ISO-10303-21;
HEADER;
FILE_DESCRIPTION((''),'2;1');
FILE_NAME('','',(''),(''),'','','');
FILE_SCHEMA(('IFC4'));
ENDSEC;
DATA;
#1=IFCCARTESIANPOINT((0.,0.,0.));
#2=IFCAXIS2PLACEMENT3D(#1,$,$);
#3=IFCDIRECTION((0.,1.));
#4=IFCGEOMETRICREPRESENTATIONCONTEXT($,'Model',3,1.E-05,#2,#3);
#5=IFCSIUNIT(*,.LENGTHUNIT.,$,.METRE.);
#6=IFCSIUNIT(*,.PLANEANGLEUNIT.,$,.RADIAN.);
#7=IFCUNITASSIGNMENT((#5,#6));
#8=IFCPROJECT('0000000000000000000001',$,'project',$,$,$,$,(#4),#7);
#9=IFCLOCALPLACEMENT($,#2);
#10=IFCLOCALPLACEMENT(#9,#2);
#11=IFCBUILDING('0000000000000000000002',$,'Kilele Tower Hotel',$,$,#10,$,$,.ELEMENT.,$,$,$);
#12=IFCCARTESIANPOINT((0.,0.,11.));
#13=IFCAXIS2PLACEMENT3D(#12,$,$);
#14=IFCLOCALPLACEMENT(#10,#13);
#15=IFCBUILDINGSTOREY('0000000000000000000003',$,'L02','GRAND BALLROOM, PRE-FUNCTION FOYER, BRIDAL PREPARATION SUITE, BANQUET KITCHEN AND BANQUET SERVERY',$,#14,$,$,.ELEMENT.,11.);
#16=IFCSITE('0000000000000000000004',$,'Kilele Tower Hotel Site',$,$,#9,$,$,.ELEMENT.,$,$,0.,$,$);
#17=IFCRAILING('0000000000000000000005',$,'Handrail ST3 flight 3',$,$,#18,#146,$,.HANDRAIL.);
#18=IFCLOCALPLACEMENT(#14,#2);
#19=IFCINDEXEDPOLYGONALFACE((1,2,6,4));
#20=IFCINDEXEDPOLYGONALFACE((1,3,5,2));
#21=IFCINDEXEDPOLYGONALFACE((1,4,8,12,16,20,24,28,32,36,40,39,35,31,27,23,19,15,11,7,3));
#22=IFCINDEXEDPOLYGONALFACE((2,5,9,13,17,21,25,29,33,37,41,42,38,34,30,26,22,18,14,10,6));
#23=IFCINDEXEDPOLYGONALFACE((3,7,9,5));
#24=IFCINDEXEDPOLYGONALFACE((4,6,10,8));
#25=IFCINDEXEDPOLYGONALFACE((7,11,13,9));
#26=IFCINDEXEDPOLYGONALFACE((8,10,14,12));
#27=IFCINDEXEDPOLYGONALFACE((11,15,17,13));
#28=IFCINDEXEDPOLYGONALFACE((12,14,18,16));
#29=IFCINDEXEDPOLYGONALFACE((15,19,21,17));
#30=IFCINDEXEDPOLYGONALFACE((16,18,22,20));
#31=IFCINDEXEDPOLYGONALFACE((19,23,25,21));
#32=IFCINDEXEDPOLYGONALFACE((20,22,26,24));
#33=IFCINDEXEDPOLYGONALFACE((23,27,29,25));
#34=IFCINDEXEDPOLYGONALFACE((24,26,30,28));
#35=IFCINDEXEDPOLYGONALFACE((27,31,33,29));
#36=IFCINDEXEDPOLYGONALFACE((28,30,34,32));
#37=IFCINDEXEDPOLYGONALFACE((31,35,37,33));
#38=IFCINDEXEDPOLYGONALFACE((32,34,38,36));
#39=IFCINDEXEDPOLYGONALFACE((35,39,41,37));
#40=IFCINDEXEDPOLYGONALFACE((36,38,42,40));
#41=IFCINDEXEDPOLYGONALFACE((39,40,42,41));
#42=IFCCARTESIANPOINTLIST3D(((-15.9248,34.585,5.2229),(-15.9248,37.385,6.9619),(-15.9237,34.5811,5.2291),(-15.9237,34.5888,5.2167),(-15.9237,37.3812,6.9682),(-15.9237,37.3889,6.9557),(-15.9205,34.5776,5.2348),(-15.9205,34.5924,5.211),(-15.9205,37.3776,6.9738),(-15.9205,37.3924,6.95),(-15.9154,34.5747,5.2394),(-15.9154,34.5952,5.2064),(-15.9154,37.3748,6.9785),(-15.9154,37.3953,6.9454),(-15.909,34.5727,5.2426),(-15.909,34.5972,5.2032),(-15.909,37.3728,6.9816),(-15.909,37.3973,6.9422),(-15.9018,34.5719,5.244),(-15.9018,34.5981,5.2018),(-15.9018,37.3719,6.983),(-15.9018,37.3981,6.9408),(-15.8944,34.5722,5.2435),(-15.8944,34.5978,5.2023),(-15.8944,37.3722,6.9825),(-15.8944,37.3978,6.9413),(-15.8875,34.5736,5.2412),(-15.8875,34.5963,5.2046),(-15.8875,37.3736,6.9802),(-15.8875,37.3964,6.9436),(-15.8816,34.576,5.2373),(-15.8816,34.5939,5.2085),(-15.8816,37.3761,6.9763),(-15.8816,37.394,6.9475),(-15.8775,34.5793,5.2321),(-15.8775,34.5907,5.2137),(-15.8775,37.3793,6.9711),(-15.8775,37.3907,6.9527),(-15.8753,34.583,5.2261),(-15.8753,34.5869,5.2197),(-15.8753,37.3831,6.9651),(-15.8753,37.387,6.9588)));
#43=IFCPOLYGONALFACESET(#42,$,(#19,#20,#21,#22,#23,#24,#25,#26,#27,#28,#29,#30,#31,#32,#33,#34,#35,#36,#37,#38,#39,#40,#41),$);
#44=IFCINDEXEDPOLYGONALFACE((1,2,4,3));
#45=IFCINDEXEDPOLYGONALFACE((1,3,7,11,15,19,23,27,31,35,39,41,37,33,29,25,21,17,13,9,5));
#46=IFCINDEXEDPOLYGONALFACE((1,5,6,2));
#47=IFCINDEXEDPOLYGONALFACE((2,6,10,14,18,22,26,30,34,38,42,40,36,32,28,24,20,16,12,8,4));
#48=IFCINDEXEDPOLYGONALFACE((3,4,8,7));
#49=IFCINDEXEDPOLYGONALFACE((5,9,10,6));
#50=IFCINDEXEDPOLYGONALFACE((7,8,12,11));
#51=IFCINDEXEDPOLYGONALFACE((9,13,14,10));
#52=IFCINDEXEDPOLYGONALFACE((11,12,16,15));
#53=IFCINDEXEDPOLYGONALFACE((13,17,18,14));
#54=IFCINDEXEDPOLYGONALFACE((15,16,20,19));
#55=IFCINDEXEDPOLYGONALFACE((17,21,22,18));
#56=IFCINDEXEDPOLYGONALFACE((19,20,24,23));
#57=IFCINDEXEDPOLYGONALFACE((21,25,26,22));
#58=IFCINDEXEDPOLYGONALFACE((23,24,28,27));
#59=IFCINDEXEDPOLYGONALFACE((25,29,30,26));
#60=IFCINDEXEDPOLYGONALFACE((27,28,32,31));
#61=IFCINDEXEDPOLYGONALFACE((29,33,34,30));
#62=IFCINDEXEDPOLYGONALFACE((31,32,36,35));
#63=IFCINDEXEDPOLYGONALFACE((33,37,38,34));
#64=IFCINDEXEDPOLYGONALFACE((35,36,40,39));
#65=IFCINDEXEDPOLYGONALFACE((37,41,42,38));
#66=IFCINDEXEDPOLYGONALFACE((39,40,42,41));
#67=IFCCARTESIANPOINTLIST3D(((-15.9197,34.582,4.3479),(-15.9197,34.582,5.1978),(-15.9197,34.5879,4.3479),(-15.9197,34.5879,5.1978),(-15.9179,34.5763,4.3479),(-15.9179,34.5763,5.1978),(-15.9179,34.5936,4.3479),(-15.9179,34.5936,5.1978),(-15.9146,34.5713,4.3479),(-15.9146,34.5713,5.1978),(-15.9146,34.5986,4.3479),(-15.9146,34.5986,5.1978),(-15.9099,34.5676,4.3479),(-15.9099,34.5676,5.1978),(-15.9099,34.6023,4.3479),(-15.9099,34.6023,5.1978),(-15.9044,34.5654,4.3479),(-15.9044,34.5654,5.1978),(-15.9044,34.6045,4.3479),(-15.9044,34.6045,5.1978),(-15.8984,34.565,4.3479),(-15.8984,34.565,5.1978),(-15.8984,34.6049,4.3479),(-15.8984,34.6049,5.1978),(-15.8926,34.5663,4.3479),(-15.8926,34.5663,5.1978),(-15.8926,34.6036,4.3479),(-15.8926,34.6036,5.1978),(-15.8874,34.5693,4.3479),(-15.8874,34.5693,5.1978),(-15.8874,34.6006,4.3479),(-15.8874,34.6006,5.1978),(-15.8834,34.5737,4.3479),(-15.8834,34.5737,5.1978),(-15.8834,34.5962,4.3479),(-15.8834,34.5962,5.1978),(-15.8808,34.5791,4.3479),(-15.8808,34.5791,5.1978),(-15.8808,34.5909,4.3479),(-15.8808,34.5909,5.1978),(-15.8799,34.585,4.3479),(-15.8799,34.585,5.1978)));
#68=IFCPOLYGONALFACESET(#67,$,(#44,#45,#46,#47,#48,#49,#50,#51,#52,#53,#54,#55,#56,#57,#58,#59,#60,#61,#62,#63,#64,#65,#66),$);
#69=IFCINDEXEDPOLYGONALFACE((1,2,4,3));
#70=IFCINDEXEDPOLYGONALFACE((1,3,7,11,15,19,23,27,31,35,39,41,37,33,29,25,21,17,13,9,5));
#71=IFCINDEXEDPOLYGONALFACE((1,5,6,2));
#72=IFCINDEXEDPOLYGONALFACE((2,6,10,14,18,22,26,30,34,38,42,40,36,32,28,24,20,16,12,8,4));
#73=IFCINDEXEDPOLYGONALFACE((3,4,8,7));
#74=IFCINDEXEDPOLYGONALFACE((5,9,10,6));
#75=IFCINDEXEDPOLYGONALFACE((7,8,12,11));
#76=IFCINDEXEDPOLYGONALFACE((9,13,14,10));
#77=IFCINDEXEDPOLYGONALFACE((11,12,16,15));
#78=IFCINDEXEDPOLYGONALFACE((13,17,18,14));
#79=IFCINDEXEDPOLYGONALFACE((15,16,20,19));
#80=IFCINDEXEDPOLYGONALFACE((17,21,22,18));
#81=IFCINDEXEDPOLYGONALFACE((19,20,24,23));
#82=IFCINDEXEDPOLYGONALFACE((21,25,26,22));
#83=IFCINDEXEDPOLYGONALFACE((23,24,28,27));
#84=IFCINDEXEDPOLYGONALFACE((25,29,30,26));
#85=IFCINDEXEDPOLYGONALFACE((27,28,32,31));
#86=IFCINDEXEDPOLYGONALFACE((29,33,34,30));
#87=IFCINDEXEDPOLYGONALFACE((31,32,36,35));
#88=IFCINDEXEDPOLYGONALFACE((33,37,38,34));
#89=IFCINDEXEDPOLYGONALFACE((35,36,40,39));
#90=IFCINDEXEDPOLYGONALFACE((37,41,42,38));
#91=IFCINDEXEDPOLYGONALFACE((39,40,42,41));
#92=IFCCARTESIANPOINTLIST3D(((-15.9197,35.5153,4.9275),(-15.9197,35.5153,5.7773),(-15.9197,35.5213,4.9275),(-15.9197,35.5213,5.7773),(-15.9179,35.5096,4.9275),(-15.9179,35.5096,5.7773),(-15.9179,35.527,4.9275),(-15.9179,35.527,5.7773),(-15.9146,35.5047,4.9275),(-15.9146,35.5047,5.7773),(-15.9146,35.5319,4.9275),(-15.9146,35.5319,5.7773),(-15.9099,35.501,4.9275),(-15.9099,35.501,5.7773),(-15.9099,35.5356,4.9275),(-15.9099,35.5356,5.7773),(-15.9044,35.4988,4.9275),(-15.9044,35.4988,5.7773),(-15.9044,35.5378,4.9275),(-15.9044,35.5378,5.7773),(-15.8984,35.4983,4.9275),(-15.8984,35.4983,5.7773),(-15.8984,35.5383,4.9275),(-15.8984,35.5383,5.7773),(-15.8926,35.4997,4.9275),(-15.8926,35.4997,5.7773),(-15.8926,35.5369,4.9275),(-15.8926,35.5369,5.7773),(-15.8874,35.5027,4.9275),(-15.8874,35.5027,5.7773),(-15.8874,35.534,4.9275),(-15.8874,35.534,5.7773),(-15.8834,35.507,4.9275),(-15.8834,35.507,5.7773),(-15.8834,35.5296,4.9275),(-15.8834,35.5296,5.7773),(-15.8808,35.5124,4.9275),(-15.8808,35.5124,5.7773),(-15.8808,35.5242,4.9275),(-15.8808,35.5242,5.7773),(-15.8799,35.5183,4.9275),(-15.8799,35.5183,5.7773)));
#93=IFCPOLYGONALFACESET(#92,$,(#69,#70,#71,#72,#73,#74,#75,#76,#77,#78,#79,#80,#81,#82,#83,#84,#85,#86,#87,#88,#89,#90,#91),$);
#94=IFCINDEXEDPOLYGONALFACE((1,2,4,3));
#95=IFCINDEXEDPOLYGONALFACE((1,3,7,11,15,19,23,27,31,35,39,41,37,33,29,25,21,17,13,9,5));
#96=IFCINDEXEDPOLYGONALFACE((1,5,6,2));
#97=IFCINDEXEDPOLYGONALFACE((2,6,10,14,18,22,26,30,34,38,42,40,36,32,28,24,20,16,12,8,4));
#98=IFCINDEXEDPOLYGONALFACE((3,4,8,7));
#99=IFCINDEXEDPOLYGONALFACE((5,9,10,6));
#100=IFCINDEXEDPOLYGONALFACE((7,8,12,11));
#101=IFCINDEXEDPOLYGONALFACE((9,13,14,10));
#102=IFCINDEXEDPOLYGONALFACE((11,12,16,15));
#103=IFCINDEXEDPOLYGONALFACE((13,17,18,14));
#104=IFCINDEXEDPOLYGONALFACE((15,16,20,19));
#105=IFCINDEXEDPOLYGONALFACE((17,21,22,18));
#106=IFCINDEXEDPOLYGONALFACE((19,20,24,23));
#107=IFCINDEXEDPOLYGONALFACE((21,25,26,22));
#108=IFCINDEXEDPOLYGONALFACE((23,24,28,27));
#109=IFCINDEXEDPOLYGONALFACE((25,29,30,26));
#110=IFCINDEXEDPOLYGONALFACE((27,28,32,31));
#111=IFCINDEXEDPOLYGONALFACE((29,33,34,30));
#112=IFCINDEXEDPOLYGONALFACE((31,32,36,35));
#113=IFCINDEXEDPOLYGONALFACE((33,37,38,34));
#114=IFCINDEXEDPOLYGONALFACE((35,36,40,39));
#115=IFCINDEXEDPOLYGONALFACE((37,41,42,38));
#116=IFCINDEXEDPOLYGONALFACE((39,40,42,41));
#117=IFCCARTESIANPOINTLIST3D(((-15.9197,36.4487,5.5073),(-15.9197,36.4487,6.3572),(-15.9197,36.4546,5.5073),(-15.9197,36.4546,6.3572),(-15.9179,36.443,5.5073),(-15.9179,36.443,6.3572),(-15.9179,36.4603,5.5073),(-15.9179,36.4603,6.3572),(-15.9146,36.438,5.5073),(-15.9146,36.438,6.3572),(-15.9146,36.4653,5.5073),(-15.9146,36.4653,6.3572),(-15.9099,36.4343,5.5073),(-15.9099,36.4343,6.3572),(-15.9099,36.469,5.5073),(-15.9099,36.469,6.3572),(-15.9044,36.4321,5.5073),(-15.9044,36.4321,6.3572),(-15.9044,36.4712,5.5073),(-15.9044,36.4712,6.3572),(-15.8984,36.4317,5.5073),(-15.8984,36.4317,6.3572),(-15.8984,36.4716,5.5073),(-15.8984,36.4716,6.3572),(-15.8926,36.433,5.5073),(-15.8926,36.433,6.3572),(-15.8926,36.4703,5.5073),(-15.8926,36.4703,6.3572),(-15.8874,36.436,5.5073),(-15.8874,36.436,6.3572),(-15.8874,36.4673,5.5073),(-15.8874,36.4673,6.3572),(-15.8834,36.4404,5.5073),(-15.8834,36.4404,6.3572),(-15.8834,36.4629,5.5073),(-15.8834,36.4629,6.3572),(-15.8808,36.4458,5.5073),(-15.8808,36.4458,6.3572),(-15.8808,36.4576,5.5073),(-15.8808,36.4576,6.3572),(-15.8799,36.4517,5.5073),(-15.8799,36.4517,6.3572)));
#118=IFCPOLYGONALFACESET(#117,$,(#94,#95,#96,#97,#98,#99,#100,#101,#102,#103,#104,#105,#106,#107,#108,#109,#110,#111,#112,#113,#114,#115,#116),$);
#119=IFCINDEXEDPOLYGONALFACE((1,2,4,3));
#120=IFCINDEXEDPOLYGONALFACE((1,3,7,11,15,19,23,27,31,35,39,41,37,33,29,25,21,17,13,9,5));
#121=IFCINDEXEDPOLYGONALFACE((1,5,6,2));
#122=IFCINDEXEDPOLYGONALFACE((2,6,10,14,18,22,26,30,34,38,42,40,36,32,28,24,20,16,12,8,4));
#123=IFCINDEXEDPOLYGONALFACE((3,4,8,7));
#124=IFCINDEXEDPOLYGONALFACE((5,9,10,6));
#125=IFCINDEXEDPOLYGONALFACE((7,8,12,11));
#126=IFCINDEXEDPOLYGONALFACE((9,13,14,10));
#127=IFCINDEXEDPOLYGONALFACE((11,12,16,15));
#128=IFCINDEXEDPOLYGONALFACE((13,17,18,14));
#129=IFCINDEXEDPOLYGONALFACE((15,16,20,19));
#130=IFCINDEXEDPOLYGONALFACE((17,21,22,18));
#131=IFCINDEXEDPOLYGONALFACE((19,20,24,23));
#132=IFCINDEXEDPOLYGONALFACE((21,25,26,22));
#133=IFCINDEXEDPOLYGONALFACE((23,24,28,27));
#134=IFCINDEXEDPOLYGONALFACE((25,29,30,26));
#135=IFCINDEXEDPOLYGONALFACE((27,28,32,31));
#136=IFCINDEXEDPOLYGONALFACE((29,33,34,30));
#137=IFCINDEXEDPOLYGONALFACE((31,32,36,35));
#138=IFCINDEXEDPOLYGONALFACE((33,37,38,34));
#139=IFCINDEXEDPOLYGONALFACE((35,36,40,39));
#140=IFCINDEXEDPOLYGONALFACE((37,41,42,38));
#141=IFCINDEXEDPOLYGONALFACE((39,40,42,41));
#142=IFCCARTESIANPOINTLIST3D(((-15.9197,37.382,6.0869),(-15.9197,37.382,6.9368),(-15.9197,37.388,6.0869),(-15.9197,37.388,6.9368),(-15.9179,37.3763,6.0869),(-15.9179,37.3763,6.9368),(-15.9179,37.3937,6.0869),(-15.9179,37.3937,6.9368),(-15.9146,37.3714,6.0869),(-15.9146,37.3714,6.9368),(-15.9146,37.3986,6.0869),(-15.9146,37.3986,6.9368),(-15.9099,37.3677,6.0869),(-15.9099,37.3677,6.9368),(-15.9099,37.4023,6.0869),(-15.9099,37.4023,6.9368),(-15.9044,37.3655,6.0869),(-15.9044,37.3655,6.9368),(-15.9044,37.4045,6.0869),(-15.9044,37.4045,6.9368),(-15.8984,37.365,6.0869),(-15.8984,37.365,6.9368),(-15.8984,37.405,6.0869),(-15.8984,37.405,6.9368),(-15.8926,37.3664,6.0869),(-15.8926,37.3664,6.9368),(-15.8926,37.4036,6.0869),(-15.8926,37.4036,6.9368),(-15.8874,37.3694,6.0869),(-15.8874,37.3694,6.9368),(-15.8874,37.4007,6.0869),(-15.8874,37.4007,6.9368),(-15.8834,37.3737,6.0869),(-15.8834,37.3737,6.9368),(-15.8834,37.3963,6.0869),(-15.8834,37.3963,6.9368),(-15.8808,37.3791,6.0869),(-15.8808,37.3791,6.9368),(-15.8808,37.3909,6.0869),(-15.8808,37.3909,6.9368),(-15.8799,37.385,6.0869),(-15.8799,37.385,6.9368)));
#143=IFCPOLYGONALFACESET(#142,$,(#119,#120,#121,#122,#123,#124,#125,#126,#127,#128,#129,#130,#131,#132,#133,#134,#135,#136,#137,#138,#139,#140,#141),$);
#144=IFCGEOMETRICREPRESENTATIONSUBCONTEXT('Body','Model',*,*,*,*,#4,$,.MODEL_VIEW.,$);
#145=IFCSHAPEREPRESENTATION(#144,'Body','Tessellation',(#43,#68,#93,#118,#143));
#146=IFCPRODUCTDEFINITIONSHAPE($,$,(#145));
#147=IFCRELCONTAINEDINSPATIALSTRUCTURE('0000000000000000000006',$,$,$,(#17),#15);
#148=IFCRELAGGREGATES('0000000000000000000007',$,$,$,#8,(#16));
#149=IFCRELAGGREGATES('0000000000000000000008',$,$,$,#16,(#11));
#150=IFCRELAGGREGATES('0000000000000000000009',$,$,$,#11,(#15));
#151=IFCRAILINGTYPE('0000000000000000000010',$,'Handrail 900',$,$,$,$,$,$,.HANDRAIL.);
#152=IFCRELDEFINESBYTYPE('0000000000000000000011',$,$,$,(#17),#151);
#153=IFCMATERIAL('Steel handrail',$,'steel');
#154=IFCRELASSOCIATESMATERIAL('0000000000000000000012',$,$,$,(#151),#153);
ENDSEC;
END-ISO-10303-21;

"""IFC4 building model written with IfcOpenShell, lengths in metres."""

from ifc_helpers import new_model, si_unit, direction, frame, origin, origin_2d, place, context, subcontext, project, spatial, circle, extrude, material, type_object, element, save


model = new_model("IFC4")

# Units and contexts
model_context = context("Model", 3, precision=1e-05, world=origin(), true_north=direction((0.0, 1.0)))
body_context = subcontext(model_context, "Body", "Model", "MODEL_VIEW")
ifc_project = project(units=[si_unit("LENGTHUNIT", "METRE"), si_unit("PLANEANGLEUNIT", "RADIAN")], contexts=[model_context])

# Site, building, storey
site_placement = place(None, origin())
site = spatial("IfcSite", under=ifc_project, at=site_placement, Name="Kilele Tower Hotel Site", CompositionType="ELEMENT", RefElevation=0.0)
building_placement = place(site_placement, origin())
building = spatial("IfcBuilding", under=site, at=building_placement, Name="Kilele Tower Hotel", CompositionType="ELEMENT")
storey_placement = place(building_placement, frame((0.0, 0.0, 11.0)))
storey = spatial("IfcBuildingStorey", under=building, at=storey_placement, Name="L02", Description="GRAND BALLROOM, PRE-FUNCTION FOYER, BRIDAL PREPARATION SUITE, BANQUET KITCHEN AND BANQUET SERVERY", CompositionType="ELEMENT", Elevation=11.0)

# Railing
ifc_material_1 = material(Name="Steel handrail", Category="steel")
railing_type_1 = type_object("IfcRailingType", Name="Handrail 900", PredefinedType="HANDRAIL", material=ifc_material_1)
for number, where, name in (
    (1, (-15.8999, 34.585, 4.3479), "Handrail ST3 flight 3"),
):
    element("IfcRailing", number, at=place(storey_placement, frame(where)), inside=storey, type_object=railing_type_1, Name=name, PredefinedType="HANDRAIL", context=body_context, shape_type="SweptSolid", body=[
        extrude(circle(Radius=0.0249, at=origin_2d()), frame((0.0, 0.0, 0.875), z_axis=(0.0, 0.849497, 0.527593), x_axis=(-1.0, 0.0, 0.0)), (0.0, 0.0, 1.0), 3.2961),
        extrude(circle(Radius=0.02, at=origin_2d()), origin(), (0.0, 0.0, 1.0), 0.8499),
        extrude(circle(Radius=0.02, at=origin_2d()), frame((0.0, 0.9333, 0.5796)), (0.0, 0.0, 1.0), 0.8499),
        extrude(circle(Radius=0.02, at=origin_2d()), frame((0.0, 1.8667, 1.1594)), (0.0, 0.0, 1.0), 0.8499),
        extrude(circle(Radius=0.02, at=origin_2d()), frame((0.0, 2.8, 1.739)), (0.0, 0.0, 1.0), 0.8499),
    ])

save(model, "model.ifc")
